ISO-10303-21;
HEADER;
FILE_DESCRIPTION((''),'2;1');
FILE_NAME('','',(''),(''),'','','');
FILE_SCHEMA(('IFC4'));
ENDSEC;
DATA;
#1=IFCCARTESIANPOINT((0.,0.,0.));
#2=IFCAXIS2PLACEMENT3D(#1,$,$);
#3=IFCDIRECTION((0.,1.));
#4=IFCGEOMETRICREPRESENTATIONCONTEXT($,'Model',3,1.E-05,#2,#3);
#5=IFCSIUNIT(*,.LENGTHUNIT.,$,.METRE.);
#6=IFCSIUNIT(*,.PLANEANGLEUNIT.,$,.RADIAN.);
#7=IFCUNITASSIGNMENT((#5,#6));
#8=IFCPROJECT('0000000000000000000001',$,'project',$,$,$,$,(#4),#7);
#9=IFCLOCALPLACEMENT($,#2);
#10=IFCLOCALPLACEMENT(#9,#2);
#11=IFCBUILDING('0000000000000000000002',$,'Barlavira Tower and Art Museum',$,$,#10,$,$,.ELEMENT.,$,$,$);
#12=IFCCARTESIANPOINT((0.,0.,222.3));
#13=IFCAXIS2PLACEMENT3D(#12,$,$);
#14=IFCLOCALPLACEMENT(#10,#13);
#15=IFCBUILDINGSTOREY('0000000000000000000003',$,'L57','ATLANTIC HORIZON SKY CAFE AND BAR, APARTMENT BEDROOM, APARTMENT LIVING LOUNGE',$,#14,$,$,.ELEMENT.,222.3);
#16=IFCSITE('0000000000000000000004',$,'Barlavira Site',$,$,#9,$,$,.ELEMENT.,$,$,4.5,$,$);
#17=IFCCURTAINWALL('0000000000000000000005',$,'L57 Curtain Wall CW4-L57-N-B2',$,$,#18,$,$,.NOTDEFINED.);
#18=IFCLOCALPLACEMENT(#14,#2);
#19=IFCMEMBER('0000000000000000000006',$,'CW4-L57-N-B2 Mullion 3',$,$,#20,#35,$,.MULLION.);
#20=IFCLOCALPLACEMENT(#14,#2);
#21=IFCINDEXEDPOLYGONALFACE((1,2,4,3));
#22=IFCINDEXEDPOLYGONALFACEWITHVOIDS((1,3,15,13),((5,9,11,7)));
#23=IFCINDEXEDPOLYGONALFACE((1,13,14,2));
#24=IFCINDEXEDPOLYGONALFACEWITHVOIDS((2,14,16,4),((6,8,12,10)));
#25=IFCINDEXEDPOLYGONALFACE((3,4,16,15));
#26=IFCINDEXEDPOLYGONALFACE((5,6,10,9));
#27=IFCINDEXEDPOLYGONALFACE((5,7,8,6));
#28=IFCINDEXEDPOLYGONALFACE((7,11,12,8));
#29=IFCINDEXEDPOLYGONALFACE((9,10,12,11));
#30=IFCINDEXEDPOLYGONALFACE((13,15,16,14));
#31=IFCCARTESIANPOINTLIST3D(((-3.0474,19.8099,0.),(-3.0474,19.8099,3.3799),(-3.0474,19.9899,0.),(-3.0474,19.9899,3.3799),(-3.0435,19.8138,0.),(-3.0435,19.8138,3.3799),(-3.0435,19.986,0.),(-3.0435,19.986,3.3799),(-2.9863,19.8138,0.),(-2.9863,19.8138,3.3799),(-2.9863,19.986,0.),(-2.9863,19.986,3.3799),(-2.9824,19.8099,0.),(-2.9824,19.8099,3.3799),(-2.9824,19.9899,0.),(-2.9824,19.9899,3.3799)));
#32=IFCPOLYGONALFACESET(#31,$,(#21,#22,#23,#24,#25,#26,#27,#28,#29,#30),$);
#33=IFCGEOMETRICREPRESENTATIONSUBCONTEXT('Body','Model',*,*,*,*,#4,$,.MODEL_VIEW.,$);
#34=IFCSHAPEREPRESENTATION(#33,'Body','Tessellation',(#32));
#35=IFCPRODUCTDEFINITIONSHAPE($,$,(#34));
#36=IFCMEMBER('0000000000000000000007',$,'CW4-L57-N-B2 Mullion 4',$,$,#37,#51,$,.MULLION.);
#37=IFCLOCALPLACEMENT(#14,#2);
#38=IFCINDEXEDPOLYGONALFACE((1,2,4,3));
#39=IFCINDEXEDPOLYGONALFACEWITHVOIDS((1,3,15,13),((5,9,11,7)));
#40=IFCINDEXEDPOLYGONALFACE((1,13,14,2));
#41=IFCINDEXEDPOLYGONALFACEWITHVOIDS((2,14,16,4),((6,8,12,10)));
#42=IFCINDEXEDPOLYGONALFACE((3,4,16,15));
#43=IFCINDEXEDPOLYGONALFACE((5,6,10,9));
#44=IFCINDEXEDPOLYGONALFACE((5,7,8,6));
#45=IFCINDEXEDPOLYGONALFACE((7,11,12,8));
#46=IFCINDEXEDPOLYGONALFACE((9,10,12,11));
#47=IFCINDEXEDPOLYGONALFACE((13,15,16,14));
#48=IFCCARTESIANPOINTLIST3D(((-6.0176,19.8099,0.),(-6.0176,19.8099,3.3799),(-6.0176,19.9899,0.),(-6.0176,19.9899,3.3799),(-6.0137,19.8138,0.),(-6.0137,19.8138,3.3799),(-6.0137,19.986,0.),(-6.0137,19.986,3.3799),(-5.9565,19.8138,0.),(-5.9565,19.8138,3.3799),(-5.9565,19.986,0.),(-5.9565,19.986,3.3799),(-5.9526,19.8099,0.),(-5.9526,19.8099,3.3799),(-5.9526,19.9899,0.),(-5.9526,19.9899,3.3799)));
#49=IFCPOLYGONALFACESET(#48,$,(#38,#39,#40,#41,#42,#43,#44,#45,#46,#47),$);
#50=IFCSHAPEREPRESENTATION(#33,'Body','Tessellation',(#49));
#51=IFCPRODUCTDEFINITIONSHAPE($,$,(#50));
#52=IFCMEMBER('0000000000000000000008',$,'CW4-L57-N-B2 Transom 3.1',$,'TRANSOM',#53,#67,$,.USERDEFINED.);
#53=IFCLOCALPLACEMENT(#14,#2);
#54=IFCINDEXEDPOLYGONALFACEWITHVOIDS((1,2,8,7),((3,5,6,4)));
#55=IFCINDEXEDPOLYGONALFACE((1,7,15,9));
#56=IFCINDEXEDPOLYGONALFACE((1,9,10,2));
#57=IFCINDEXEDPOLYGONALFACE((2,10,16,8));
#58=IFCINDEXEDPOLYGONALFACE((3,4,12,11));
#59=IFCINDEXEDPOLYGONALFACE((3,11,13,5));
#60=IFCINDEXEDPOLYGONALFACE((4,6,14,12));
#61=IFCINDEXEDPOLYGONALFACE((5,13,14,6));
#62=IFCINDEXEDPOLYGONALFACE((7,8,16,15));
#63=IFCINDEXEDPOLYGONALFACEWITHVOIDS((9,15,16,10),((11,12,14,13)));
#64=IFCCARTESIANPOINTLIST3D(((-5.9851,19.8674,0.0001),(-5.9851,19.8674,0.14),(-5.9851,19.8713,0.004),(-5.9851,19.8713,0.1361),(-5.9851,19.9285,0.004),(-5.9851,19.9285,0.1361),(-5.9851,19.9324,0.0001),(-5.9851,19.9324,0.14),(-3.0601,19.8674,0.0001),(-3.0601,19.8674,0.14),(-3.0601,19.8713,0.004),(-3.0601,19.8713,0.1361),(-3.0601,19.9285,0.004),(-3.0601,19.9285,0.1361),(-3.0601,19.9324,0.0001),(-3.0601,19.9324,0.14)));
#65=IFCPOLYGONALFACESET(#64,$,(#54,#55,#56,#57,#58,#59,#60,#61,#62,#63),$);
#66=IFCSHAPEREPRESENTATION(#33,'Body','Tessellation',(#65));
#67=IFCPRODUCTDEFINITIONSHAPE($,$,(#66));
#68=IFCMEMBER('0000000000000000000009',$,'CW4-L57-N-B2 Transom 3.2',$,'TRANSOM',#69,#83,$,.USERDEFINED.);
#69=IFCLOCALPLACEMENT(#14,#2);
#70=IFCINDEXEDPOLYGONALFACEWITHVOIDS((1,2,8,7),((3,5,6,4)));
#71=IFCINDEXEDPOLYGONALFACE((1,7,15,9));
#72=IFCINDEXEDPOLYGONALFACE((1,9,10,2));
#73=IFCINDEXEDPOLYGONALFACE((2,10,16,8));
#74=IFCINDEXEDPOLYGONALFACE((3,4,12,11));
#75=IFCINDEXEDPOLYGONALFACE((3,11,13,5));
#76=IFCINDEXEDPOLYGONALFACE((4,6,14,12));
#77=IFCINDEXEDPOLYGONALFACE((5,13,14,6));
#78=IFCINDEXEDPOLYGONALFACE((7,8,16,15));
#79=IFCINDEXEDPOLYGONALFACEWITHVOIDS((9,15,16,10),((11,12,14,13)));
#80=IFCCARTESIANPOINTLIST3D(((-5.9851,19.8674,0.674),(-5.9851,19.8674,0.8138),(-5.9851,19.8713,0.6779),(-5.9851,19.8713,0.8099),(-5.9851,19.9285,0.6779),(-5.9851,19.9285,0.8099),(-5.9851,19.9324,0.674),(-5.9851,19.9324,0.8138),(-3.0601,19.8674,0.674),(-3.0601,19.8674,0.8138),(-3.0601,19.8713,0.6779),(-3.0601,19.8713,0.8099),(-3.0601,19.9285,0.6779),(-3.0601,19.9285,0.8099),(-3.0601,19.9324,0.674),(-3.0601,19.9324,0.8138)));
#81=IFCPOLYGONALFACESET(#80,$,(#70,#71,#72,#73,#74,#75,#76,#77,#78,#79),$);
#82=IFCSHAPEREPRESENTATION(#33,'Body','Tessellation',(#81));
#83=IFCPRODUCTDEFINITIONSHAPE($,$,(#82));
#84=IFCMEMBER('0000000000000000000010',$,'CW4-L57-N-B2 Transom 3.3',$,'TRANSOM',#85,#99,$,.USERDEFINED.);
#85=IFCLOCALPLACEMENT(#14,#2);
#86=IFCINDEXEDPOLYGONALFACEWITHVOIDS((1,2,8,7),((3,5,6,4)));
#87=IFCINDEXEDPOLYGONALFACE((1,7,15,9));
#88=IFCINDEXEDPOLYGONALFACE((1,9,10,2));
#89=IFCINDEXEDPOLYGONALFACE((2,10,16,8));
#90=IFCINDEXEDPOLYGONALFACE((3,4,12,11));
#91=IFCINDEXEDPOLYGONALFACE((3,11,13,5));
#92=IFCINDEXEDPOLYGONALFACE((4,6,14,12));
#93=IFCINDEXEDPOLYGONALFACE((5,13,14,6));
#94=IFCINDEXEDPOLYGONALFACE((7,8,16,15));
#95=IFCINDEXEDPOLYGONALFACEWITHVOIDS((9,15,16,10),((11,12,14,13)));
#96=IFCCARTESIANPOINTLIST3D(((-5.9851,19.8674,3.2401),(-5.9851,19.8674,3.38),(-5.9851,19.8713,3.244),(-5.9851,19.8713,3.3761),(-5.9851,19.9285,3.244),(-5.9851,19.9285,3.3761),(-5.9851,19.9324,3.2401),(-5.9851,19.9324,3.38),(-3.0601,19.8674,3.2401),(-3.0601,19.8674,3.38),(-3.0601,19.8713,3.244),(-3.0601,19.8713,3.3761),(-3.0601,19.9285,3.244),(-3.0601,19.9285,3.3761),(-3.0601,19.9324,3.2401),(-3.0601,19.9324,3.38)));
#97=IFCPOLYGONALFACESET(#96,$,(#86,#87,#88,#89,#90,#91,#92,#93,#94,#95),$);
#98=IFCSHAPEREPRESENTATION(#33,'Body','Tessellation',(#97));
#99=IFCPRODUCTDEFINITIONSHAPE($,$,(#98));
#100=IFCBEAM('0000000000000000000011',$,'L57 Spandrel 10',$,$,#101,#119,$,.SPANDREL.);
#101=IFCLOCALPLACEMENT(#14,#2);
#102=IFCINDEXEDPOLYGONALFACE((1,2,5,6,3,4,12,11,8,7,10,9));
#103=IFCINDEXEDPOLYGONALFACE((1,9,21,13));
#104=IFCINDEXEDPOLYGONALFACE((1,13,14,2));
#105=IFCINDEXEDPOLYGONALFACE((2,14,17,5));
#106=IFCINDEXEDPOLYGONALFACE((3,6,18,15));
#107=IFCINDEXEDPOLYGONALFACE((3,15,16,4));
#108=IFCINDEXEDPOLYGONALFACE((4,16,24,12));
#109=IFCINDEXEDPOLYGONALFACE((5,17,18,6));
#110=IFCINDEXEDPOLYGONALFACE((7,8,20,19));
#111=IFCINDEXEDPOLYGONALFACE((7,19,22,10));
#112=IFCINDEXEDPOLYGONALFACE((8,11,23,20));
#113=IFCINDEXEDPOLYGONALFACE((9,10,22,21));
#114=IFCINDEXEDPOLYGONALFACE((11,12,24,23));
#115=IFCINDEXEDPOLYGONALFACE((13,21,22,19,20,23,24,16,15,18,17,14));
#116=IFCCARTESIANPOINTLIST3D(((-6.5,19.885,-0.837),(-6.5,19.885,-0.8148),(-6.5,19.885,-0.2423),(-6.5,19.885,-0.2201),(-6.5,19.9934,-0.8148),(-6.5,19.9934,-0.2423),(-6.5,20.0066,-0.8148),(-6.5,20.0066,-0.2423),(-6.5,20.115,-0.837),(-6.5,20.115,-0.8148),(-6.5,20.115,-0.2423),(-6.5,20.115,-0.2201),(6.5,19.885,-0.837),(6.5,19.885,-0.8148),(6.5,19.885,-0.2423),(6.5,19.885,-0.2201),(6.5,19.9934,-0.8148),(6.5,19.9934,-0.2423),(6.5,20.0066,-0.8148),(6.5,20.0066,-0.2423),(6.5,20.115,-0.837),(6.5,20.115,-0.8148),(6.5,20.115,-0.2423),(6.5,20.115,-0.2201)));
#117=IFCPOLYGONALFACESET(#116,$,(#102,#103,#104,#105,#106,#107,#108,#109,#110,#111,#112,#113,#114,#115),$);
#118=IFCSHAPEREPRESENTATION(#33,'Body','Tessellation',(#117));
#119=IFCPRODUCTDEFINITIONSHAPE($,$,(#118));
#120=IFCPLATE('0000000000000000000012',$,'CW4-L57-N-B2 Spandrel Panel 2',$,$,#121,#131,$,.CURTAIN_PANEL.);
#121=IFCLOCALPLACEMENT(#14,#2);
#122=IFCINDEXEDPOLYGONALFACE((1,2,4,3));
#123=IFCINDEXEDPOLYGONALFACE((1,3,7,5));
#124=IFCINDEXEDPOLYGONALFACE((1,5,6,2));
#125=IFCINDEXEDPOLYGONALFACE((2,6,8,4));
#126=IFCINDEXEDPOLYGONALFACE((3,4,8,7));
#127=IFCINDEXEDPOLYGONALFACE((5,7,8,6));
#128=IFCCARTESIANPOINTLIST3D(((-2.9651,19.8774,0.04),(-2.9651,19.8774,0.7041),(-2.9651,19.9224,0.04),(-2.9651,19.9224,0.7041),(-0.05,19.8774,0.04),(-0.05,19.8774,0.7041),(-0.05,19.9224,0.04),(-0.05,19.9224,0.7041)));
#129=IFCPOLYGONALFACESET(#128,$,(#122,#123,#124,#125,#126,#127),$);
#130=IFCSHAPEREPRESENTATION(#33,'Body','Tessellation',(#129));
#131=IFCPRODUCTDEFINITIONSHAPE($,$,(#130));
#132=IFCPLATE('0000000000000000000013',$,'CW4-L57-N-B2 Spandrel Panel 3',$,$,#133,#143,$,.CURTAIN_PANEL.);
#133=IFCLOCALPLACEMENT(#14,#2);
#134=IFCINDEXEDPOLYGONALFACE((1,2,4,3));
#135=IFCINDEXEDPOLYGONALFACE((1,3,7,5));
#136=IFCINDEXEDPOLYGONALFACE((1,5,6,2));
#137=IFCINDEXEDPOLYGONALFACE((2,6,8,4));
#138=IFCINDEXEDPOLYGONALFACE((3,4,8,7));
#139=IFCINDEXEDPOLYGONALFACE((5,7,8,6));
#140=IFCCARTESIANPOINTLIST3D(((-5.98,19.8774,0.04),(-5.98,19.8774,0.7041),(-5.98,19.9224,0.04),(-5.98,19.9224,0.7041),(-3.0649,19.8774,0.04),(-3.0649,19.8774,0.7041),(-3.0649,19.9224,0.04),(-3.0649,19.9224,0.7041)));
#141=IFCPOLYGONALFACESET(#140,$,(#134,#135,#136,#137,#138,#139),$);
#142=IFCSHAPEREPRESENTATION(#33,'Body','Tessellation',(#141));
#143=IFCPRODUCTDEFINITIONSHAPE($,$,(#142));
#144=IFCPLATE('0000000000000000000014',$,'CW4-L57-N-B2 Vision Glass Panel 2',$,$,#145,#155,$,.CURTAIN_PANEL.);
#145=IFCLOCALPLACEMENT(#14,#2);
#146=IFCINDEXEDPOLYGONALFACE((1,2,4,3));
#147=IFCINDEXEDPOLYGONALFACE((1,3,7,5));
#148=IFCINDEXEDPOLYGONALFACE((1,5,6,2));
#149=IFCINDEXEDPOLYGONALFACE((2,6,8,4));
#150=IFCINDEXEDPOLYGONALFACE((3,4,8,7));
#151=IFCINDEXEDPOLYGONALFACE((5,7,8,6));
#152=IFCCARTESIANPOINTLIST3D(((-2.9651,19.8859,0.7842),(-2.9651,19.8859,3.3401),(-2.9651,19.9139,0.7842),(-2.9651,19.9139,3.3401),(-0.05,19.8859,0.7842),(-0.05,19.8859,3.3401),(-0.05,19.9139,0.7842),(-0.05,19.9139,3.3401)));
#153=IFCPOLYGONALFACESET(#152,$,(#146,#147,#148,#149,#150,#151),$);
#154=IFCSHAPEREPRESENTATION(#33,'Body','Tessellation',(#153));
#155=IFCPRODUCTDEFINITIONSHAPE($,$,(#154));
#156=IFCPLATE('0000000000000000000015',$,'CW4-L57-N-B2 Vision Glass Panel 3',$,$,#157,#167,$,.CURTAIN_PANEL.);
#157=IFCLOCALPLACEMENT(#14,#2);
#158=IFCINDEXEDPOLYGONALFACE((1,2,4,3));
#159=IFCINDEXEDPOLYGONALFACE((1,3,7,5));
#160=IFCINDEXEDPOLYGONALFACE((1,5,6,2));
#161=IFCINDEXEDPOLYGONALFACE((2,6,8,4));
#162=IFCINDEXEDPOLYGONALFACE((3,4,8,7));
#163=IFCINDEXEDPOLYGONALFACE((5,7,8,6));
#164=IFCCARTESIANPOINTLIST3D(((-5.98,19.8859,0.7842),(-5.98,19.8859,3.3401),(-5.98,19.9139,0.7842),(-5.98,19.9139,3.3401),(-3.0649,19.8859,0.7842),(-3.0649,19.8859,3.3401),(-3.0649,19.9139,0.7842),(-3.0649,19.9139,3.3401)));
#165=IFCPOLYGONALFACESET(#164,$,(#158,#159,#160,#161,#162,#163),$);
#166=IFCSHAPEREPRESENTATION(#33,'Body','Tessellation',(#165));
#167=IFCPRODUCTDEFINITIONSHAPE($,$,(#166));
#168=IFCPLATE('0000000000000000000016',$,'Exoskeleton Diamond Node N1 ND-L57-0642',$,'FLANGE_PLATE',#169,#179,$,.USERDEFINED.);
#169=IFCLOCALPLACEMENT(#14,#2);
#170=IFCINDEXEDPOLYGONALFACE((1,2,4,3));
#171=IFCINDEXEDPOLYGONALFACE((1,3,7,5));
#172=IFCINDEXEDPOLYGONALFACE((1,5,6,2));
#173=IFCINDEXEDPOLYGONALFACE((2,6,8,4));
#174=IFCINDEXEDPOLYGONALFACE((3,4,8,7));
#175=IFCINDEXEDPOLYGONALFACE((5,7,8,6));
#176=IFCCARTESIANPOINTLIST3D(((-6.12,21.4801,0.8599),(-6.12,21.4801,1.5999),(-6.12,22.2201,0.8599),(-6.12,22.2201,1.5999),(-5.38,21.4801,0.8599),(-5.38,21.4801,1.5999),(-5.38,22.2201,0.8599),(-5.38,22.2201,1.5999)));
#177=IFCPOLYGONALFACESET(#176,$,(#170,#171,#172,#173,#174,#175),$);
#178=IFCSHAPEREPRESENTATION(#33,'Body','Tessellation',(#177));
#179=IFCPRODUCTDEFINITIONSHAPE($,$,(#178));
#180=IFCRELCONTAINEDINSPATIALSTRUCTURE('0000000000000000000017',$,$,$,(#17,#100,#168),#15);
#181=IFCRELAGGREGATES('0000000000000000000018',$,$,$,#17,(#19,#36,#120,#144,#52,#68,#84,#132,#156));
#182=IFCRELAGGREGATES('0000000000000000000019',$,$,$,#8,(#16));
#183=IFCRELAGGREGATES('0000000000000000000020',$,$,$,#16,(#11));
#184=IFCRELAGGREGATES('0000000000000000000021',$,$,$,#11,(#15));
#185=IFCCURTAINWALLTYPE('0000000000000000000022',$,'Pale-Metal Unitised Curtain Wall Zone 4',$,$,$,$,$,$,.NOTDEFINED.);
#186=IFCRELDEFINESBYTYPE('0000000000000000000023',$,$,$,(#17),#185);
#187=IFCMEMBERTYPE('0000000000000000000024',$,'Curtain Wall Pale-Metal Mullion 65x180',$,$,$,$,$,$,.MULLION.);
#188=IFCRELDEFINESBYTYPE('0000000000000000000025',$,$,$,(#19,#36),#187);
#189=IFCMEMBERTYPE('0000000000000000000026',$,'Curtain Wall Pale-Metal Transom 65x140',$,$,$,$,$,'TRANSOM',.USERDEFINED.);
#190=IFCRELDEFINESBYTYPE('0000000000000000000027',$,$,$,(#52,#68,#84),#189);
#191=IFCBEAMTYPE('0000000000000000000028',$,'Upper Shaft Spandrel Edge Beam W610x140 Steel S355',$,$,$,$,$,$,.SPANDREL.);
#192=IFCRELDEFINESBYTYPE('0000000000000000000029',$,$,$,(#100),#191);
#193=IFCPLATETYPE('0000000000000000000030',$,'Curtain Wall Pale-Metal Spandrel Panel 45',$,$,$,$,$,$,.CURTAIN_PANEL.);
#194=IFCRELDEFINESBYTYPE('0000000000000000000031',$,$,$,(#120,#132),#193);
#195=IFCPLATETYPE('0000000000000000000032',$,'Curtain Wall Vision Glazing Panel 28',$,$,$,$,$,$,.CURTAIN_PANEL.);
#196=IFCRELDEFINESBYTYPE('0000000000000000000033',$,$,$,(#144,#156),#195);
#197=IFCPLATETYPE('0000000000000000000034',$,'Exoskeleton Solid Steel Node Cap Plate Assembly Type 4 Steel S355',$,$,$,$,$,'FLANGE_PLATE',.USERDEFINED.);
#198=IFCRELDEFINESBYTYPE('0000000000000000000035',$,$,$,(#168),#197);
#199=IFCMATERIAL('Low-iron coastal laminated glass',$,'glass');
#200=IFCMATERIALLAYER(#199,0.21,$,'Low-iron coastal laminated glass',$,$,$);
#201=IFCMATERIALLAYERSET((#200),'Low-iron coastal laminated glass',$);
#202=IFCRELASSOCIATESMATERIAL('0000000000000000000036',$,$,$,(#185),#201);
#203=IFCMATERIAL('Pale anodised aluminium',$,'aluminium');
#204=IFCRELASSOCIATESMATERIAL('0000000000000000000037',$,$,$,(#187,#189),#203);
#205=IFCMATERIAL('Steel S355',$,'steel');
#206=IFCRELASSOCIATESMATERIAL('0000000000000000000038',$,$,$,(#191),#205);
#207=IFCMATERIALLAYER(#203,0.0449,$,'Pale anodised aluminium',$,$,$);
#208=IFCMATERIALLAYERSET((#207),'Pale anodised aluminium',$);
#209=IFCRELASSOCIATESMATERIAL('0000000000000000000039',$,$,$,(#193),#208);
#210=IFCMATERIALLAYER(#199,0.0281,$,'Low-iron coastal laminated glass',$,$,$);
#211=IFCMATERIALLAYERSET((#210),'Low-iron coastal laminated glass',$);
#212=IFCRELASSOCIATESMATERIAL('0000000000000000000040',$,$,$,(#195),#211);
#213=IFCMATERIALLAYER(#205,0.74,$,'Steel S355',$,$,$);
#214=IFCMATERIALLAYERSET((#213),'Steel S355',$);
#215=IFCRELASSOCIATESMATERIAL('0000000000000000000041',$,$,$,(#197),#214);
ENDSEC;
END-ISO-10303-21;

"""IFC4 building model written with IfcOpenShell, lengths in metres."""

from ifc_helpers import new_model, si_unit, direction, frame, origin, origin_2d, place, context, subcontext, project, spatial, rectangle, hollow_rectangle, i_section, extrude, material, layer, layer_set, material_profile, profile_set, type_object, element, aggregate, save


model = new_model("IFC4")

# Units and contexts
model_context = context("Model", 3, precision=1e-05, world=origin(), true_north=direction((0.0, 1.0)))
body_context = subcontext(model_context, "Body", "Model", "MODEL_VIEW")
ifc_project = project(units=[si_unit("LENGTHUNIT", "METRE"), si_unit("PLANEANGLEUNIT", "RADIAN")], contexts=[model_context])

# Site, building, storey
site_placement = place(None, origin())
site = spatial("IfcSite", under=ifc_project, at=site_placement, Name="Barlavira Site", CompositionType="ELEMENT", RefElevation=4.5)
building_placement = place(site_placement, origin())
building = spatial("IfcBuilding", under=site, at=building_placement, Name="Barlavira Tower and Art Museum", CompositionType="ELEMENT")
storey_placement = place(building_placement, frame((0.0, 0.0, 222.3)))
storey = spatial("IfcBuildingStorey", under=building, at=storey_placement, Name="L57", Description="ATLANTIC HORIZON SKY CAFE AND BAR, APARTMENT BEDROOM, APARTMENT LIVING LOUNGE", CompositionType="ELEMENT", Elevation=222.3)

# Curtain wall, members
ifc_material_1 = material(Name="Low-iron coastal laminated glass", Category="glass")
ifc_layer_1 = layer(ifc_material_1, 0.21, Name="Low-iron coastal laminated glass")
ifc_layer_set_1 = layer_set([ifc_layer_1], Name="Low-iron coastal laminated glass")
curtain_wall_type = type_object("IfcCurtainWallType", Name="Pale-Metal Unitised Curtain Wall Zone 4", PredefinedType="NOTDEFINED", material=ifc_layer_set_1)
curtain_wall_placement = place(storey_placement, origin())
curtain_wall = element("IfcCurtainWall", 1, at=curtain_wall_placement, inside=storey, type_object=curtain_wall_type, Name="L57 Curtain Wall CW4-L57-N-B2", PredefinedType="NOTDEFINED")
ifc_material_2 = material(Name="Pale anodised aluminium", Category="aluminium")
ifc_material_profile_1 = material_profile(ifc_material_2, hollow_rectangle(XDim=0.0649, YDim=0.1799, WallThickness=0.0039, at=origin_2d()), Name="ALU-MULL 65x180x4")
ifc_profile_set_1 = profile_set([ifc_material_profile_1], Name="Pale anodised aluminium")
member_type_1 = type_object("IfcMemberType", Name="Curtain Wall Pale-Metal Mullion 65x180", PredefinedType="MULLION", material=ifc_profile_set_1)
member_1_placement = place(storey_placement, frame((-3.0149, 19.8999, 0.0), z_axis=(0.0, 0.0, 1.0), x_axis=(-1.0, 0.0, 0.0)))
member_1 = element("IfcMember", 2, at=member_1_placement, type_object=member_type_1, Name="CW4-L57-N-B2 Mullion 3", PredefinedType="MULLION", context=body_context, shape_type="SweptSolid", body=[
    extrude(hollow_rectangle(XDim=0.0649, YDim=0.1799, WallThickness=0.0039, at=origin_2d()), origin(), (0.0, 0.0, 1.0), 3.3799),
])
member_2_placement = place(storey_placement, frame((-5.9851, 19.8999, 0.0), z_axis=(0.0, 0.0, 1.0), x_axis=(-1.0, 0.0, 0.0)))
member_2 = element("IfcMember", 3, at=member_2_placement, type_object=member_type_1, Name="CW4-L57-N-B2 Mullion 4", PredefinedType="MULLION", context=body_context, shape_type="SweptSolid", body=[
    extrude(hollow_rectangle(XDim=0.0649, YDim=0.1799, WallThickness=0.0039, at=origin_2d()), origin(), (0.0, 0.0, 1.0), 3.3799),
])
ifc_material_profile_2 = material_profile(ifc_material_2, hollow_rectangle(XDim=0.0649, YDim=0.1399, WallThickness=0.0039, at=origin_2d()), Name="ALU-TRAN 65x140x4")
ifc_profile_set_2 = profile_set([ifc_material_profile_2], Name="Pale anodised aluminium")
member_type_2 = type_object("IfcMemberType", Name="Curtain Wall Pale-Metal Transom 65x140", ElementType="TRANSOM", PredefinedType="USERDEFINED", material=ifc_profile_set_2)
member_3_placement = place(storey_placement, frame((-3.0601, 19.8999, 0.0701), z_axis=(-1.0, 0.0, 0.0), x_axis=(0.0, -1.0, 0.0)))
member_3 = element("IfcMember", 4, at=member_3_placement, type_object=member_type_2, Name="CW4-L57-N-B2 Transom 3.1", ObjectType="TRANSOM", PredefinedType="USERDEFINED", context=body_context, shape_type="SweptSolid", body=[
    extrude(hollow_rectangle(XDim=0.0649, YDim=0.1399, WallThickness=0.0039, at=origin_2d()), origin(), (0.0, 0.0, 1.0), 2.925),
])
member_4_placement = place(storey_placement, frame((-3.0601, 19.8999, 0.7439), z_axis=(-1.0, 0.0, 0.0), x_axis=(0.0, -1.0, 0.0)))
member_4 = element("IfcMember", 5, at=member_4_placement, type_object=member_type_2, Name="CW4-L57-N-B2 Transom 3.2", ObjectType="TRANSOM", PredefinedType="USERDEFINED", context=body_context, shape_type="SweptSolid", body=[
    extrude(hollow_rectangle(XDim=0.0649, YDim=0.1399, WallThickness=0.0039, at=origin_2d()), origin(), (0.0, 0.0, 1.0), 2.925),
])
member_5_placement = place(storey_placement, frame((-3.0601, 19.8999, 3.3101), z_axis=(-1.0, 0.0, 0.0), x_axis=(0.0, -1.0, 0.0)))
member_5 = element("IfcMember", 6, at=member_5_placement, type_object=member_type_2, Name="CW4-L57-N-B2 Transom 3.3", ObjectType="TRANSOM", PredefinedType="USERDEFINED", context=body_context, shape_type="SweptSolid", body=[
    extrude(hollow_rectangle(XDim=0.0649, YDim=0.1399, WallThickness=0.0039, at=origin_2d()), origin(), (0.0, 0.0, 1.0), 2.925),
])

# Beam
ifc_material_3 = material(Name="Steel S355", Category="steel")
ifc_material_profile_3 = material_profile(ifc_material_3, i_section(OverallWidth=0.23, OverallDepth=0.6169, WebThickness=0.0132, FlangeThickness=0.0222, at=origin_2d()), Name="W610x140.0")
ifc_profile_set_3 = profile_set([ifc_material_profile_3], Name="Steel S355")
beam_type = type_object("IfcBeamType", Name="Upper Shaft Spandrel Edge Beam W610x140 Steel S355", PredefinedType="SPANDREL", material=ifc_profile_set_3)
beam_placement = place(storey_placement, frame((-6.5, 20.0, -0.5286), z_axis=(1.0, 0.0, 0.0), x_axis=(0.0, 1.0, 0.0)))
element("IfcBeam", 7, at=beam_placement, inside=storey, type_object=beam_type, Name="L57 Spandrel 10", PredefinedType="SPANDREL", context=body_context, shape_type="SweptSolid", body=[
    extrude(i_section(OverallWidth=0.23, OverallDepth=0.6169, WebThickness=0.0132, FlangeThickness=0.0222, at=origin_2d()), origin(), (0.0, 0.0, 1.0), 13.0),
])

# Plates
ifc_layer_2 = layer(ifc_material_2, 0.0449, Name="Pale anodised aluminium")
ifc_layer_set_2 = layer_set([ifc_layer_2], Name="Pale anodised aluminium")
plate_type_1 = type_object("IfcPlateType", Name="Curtain Wall Pale-Metal Spandrel Panel 45", PredefinedType="CURTAIN_PANEL", material=ifc_layer_set_2)
plate_1_placement = place(storey_placement, frame((-1.5076, 19.8999, 0.04), z_axis=(0.0, 0.0, 1.0), x_axis=(-1.0, 0.0, 0.0)))
plate_1 = element("IfcPlate", 8, at=plate_1_placement, type_object=plate_type_1, Name="CW4-L57-N-B2 Spandrel Panel 2", PredefinedType="CURTAIN_PANEL", context=body_context, shape_type="SweptSolid", body=[
    extrude(rectangle(XDim=2.915, YDim=0.0449, at=origin_2d()), origin(), (0.0, 0.0, 1.0), 0.6641),
])
plate_2_placement = place(storey_placement, frame((-4.5225, 19.8999, 0.04), z_axis=(0.0, 0.0, 1.0), x_axis=(-1.0, 0.0, 0.0)))
plate_2 = element("IfcPlate", 9, at=plate_2_placement, type_object=plate_type_1, Name="CW4-L57-N-B2 Spandrel Panel 3", PredefinedType="CURTAIN_PANEL", context=body_context, shape_type="SweptSolid", body=[
    extrude(rectangle(XDim=2.915, YDim=0.0449, at=origin_2d()), origin(), (0.0, 0.0, 1.0), 0.6641),
])
ifc_layer_3 = layer(ifc_material_1, 0.0281, Name="Low-iron coastal laminated glass")
ifc_layer_set_3 = layer_set([ifc_layer_3], Name="Low-iron coastal laminated glass")
plate_type_2 = type_object("IfcPlateType", Name="Curtain Wall Vision Glazing Panel 28", PredefinedType="CURTAIN_PANEL", material=ifc_layer_set_3)
plate_3_placement = place(storey_placement, frame((-1.5076, 19.8999, 0.7842), z_axis=(0.0, 0.0, 1.0), x_axis=(-1.0, 0.0, 0.0)))
plate_3 = element("IfcPlate", 10, at=plate_3_placement, type_object=plate_type_2, Name="CW4-L57-N-B2 Vision Glass Panel 2", PredefinedType="CURTAIN_PANEL", context=body_context, shape_type="SweptSolid", body=[
    extrude(rectangle(XDim=2.915, YDim=0.0281, at=origin_2d()), origin(), (0.0, 0.0, 1.0), 2.5559),
])
plate_4_placement = place(storey_placement, frame((-4.5225, 19.8999, 0.7842), z_axis=(0.0, 0.0, 1.0), x_axis=(-1.0, 0.0, 0.0)))
plate_4 = element("IfcPlate", 11, at=plate_4_placement, type_object=plate_type_2, Name="CW4-L57-N-B2 Vision Glass Panel 3", PredefinedType="CURTAIN_PANEL", context=body_context, shape_type="SweptSolid", body=[
    extrude(rectangle(XDim=2.915, YDim=0.0281, at=origin_2d()), origin(), (0.0, 0.0, 1.0), 2.5559),
])
aggregate(curtain_wall, [member_1, member_2, plate_1, plate_3, member_3, member_4, member_5, plate_2, plate_4])
ifc_layer_4 = layer(ifc_material_3, 0.74, Name="Steel S355")
ifc_layer_set_4 = layer_set([ifc_layer_4], Name="Steel S355")
plate_type_3 = type_object("IfcPlateType", Name="Exoskeleton Solid Steel Node Cap Plate Assembly Type 4 Steel S355", ElementType="FLANGE_PLATE", PredefinedType="USERDEFINED", material=ifc_layer_set_4)
plate_5_placement = place(storey_placement, frame((-5.75, 21.8501, 0.8599), z_axis=(0.0, 0.0, 1.0), x_axis=(1.0, 0.0, 0.0)))
element("IfcPlate", 12, at=plate_5_placement, inside=storey, type_object=plate_type_3, Name="Exoskeleton Diamond Node N1 ND-L57-0642", ObjectType="FLANGE_PLATE", PredefinedType="USERDEFINED", context=body_context, shape_type="SweptSolid", body=[
    extrude(rectangle(XDim=0.74, YDim=0.74, at=origin_2d()), origin(), (0.0, 0.0, 1.0), 0.74),
])

save(model, "model.ifc")
